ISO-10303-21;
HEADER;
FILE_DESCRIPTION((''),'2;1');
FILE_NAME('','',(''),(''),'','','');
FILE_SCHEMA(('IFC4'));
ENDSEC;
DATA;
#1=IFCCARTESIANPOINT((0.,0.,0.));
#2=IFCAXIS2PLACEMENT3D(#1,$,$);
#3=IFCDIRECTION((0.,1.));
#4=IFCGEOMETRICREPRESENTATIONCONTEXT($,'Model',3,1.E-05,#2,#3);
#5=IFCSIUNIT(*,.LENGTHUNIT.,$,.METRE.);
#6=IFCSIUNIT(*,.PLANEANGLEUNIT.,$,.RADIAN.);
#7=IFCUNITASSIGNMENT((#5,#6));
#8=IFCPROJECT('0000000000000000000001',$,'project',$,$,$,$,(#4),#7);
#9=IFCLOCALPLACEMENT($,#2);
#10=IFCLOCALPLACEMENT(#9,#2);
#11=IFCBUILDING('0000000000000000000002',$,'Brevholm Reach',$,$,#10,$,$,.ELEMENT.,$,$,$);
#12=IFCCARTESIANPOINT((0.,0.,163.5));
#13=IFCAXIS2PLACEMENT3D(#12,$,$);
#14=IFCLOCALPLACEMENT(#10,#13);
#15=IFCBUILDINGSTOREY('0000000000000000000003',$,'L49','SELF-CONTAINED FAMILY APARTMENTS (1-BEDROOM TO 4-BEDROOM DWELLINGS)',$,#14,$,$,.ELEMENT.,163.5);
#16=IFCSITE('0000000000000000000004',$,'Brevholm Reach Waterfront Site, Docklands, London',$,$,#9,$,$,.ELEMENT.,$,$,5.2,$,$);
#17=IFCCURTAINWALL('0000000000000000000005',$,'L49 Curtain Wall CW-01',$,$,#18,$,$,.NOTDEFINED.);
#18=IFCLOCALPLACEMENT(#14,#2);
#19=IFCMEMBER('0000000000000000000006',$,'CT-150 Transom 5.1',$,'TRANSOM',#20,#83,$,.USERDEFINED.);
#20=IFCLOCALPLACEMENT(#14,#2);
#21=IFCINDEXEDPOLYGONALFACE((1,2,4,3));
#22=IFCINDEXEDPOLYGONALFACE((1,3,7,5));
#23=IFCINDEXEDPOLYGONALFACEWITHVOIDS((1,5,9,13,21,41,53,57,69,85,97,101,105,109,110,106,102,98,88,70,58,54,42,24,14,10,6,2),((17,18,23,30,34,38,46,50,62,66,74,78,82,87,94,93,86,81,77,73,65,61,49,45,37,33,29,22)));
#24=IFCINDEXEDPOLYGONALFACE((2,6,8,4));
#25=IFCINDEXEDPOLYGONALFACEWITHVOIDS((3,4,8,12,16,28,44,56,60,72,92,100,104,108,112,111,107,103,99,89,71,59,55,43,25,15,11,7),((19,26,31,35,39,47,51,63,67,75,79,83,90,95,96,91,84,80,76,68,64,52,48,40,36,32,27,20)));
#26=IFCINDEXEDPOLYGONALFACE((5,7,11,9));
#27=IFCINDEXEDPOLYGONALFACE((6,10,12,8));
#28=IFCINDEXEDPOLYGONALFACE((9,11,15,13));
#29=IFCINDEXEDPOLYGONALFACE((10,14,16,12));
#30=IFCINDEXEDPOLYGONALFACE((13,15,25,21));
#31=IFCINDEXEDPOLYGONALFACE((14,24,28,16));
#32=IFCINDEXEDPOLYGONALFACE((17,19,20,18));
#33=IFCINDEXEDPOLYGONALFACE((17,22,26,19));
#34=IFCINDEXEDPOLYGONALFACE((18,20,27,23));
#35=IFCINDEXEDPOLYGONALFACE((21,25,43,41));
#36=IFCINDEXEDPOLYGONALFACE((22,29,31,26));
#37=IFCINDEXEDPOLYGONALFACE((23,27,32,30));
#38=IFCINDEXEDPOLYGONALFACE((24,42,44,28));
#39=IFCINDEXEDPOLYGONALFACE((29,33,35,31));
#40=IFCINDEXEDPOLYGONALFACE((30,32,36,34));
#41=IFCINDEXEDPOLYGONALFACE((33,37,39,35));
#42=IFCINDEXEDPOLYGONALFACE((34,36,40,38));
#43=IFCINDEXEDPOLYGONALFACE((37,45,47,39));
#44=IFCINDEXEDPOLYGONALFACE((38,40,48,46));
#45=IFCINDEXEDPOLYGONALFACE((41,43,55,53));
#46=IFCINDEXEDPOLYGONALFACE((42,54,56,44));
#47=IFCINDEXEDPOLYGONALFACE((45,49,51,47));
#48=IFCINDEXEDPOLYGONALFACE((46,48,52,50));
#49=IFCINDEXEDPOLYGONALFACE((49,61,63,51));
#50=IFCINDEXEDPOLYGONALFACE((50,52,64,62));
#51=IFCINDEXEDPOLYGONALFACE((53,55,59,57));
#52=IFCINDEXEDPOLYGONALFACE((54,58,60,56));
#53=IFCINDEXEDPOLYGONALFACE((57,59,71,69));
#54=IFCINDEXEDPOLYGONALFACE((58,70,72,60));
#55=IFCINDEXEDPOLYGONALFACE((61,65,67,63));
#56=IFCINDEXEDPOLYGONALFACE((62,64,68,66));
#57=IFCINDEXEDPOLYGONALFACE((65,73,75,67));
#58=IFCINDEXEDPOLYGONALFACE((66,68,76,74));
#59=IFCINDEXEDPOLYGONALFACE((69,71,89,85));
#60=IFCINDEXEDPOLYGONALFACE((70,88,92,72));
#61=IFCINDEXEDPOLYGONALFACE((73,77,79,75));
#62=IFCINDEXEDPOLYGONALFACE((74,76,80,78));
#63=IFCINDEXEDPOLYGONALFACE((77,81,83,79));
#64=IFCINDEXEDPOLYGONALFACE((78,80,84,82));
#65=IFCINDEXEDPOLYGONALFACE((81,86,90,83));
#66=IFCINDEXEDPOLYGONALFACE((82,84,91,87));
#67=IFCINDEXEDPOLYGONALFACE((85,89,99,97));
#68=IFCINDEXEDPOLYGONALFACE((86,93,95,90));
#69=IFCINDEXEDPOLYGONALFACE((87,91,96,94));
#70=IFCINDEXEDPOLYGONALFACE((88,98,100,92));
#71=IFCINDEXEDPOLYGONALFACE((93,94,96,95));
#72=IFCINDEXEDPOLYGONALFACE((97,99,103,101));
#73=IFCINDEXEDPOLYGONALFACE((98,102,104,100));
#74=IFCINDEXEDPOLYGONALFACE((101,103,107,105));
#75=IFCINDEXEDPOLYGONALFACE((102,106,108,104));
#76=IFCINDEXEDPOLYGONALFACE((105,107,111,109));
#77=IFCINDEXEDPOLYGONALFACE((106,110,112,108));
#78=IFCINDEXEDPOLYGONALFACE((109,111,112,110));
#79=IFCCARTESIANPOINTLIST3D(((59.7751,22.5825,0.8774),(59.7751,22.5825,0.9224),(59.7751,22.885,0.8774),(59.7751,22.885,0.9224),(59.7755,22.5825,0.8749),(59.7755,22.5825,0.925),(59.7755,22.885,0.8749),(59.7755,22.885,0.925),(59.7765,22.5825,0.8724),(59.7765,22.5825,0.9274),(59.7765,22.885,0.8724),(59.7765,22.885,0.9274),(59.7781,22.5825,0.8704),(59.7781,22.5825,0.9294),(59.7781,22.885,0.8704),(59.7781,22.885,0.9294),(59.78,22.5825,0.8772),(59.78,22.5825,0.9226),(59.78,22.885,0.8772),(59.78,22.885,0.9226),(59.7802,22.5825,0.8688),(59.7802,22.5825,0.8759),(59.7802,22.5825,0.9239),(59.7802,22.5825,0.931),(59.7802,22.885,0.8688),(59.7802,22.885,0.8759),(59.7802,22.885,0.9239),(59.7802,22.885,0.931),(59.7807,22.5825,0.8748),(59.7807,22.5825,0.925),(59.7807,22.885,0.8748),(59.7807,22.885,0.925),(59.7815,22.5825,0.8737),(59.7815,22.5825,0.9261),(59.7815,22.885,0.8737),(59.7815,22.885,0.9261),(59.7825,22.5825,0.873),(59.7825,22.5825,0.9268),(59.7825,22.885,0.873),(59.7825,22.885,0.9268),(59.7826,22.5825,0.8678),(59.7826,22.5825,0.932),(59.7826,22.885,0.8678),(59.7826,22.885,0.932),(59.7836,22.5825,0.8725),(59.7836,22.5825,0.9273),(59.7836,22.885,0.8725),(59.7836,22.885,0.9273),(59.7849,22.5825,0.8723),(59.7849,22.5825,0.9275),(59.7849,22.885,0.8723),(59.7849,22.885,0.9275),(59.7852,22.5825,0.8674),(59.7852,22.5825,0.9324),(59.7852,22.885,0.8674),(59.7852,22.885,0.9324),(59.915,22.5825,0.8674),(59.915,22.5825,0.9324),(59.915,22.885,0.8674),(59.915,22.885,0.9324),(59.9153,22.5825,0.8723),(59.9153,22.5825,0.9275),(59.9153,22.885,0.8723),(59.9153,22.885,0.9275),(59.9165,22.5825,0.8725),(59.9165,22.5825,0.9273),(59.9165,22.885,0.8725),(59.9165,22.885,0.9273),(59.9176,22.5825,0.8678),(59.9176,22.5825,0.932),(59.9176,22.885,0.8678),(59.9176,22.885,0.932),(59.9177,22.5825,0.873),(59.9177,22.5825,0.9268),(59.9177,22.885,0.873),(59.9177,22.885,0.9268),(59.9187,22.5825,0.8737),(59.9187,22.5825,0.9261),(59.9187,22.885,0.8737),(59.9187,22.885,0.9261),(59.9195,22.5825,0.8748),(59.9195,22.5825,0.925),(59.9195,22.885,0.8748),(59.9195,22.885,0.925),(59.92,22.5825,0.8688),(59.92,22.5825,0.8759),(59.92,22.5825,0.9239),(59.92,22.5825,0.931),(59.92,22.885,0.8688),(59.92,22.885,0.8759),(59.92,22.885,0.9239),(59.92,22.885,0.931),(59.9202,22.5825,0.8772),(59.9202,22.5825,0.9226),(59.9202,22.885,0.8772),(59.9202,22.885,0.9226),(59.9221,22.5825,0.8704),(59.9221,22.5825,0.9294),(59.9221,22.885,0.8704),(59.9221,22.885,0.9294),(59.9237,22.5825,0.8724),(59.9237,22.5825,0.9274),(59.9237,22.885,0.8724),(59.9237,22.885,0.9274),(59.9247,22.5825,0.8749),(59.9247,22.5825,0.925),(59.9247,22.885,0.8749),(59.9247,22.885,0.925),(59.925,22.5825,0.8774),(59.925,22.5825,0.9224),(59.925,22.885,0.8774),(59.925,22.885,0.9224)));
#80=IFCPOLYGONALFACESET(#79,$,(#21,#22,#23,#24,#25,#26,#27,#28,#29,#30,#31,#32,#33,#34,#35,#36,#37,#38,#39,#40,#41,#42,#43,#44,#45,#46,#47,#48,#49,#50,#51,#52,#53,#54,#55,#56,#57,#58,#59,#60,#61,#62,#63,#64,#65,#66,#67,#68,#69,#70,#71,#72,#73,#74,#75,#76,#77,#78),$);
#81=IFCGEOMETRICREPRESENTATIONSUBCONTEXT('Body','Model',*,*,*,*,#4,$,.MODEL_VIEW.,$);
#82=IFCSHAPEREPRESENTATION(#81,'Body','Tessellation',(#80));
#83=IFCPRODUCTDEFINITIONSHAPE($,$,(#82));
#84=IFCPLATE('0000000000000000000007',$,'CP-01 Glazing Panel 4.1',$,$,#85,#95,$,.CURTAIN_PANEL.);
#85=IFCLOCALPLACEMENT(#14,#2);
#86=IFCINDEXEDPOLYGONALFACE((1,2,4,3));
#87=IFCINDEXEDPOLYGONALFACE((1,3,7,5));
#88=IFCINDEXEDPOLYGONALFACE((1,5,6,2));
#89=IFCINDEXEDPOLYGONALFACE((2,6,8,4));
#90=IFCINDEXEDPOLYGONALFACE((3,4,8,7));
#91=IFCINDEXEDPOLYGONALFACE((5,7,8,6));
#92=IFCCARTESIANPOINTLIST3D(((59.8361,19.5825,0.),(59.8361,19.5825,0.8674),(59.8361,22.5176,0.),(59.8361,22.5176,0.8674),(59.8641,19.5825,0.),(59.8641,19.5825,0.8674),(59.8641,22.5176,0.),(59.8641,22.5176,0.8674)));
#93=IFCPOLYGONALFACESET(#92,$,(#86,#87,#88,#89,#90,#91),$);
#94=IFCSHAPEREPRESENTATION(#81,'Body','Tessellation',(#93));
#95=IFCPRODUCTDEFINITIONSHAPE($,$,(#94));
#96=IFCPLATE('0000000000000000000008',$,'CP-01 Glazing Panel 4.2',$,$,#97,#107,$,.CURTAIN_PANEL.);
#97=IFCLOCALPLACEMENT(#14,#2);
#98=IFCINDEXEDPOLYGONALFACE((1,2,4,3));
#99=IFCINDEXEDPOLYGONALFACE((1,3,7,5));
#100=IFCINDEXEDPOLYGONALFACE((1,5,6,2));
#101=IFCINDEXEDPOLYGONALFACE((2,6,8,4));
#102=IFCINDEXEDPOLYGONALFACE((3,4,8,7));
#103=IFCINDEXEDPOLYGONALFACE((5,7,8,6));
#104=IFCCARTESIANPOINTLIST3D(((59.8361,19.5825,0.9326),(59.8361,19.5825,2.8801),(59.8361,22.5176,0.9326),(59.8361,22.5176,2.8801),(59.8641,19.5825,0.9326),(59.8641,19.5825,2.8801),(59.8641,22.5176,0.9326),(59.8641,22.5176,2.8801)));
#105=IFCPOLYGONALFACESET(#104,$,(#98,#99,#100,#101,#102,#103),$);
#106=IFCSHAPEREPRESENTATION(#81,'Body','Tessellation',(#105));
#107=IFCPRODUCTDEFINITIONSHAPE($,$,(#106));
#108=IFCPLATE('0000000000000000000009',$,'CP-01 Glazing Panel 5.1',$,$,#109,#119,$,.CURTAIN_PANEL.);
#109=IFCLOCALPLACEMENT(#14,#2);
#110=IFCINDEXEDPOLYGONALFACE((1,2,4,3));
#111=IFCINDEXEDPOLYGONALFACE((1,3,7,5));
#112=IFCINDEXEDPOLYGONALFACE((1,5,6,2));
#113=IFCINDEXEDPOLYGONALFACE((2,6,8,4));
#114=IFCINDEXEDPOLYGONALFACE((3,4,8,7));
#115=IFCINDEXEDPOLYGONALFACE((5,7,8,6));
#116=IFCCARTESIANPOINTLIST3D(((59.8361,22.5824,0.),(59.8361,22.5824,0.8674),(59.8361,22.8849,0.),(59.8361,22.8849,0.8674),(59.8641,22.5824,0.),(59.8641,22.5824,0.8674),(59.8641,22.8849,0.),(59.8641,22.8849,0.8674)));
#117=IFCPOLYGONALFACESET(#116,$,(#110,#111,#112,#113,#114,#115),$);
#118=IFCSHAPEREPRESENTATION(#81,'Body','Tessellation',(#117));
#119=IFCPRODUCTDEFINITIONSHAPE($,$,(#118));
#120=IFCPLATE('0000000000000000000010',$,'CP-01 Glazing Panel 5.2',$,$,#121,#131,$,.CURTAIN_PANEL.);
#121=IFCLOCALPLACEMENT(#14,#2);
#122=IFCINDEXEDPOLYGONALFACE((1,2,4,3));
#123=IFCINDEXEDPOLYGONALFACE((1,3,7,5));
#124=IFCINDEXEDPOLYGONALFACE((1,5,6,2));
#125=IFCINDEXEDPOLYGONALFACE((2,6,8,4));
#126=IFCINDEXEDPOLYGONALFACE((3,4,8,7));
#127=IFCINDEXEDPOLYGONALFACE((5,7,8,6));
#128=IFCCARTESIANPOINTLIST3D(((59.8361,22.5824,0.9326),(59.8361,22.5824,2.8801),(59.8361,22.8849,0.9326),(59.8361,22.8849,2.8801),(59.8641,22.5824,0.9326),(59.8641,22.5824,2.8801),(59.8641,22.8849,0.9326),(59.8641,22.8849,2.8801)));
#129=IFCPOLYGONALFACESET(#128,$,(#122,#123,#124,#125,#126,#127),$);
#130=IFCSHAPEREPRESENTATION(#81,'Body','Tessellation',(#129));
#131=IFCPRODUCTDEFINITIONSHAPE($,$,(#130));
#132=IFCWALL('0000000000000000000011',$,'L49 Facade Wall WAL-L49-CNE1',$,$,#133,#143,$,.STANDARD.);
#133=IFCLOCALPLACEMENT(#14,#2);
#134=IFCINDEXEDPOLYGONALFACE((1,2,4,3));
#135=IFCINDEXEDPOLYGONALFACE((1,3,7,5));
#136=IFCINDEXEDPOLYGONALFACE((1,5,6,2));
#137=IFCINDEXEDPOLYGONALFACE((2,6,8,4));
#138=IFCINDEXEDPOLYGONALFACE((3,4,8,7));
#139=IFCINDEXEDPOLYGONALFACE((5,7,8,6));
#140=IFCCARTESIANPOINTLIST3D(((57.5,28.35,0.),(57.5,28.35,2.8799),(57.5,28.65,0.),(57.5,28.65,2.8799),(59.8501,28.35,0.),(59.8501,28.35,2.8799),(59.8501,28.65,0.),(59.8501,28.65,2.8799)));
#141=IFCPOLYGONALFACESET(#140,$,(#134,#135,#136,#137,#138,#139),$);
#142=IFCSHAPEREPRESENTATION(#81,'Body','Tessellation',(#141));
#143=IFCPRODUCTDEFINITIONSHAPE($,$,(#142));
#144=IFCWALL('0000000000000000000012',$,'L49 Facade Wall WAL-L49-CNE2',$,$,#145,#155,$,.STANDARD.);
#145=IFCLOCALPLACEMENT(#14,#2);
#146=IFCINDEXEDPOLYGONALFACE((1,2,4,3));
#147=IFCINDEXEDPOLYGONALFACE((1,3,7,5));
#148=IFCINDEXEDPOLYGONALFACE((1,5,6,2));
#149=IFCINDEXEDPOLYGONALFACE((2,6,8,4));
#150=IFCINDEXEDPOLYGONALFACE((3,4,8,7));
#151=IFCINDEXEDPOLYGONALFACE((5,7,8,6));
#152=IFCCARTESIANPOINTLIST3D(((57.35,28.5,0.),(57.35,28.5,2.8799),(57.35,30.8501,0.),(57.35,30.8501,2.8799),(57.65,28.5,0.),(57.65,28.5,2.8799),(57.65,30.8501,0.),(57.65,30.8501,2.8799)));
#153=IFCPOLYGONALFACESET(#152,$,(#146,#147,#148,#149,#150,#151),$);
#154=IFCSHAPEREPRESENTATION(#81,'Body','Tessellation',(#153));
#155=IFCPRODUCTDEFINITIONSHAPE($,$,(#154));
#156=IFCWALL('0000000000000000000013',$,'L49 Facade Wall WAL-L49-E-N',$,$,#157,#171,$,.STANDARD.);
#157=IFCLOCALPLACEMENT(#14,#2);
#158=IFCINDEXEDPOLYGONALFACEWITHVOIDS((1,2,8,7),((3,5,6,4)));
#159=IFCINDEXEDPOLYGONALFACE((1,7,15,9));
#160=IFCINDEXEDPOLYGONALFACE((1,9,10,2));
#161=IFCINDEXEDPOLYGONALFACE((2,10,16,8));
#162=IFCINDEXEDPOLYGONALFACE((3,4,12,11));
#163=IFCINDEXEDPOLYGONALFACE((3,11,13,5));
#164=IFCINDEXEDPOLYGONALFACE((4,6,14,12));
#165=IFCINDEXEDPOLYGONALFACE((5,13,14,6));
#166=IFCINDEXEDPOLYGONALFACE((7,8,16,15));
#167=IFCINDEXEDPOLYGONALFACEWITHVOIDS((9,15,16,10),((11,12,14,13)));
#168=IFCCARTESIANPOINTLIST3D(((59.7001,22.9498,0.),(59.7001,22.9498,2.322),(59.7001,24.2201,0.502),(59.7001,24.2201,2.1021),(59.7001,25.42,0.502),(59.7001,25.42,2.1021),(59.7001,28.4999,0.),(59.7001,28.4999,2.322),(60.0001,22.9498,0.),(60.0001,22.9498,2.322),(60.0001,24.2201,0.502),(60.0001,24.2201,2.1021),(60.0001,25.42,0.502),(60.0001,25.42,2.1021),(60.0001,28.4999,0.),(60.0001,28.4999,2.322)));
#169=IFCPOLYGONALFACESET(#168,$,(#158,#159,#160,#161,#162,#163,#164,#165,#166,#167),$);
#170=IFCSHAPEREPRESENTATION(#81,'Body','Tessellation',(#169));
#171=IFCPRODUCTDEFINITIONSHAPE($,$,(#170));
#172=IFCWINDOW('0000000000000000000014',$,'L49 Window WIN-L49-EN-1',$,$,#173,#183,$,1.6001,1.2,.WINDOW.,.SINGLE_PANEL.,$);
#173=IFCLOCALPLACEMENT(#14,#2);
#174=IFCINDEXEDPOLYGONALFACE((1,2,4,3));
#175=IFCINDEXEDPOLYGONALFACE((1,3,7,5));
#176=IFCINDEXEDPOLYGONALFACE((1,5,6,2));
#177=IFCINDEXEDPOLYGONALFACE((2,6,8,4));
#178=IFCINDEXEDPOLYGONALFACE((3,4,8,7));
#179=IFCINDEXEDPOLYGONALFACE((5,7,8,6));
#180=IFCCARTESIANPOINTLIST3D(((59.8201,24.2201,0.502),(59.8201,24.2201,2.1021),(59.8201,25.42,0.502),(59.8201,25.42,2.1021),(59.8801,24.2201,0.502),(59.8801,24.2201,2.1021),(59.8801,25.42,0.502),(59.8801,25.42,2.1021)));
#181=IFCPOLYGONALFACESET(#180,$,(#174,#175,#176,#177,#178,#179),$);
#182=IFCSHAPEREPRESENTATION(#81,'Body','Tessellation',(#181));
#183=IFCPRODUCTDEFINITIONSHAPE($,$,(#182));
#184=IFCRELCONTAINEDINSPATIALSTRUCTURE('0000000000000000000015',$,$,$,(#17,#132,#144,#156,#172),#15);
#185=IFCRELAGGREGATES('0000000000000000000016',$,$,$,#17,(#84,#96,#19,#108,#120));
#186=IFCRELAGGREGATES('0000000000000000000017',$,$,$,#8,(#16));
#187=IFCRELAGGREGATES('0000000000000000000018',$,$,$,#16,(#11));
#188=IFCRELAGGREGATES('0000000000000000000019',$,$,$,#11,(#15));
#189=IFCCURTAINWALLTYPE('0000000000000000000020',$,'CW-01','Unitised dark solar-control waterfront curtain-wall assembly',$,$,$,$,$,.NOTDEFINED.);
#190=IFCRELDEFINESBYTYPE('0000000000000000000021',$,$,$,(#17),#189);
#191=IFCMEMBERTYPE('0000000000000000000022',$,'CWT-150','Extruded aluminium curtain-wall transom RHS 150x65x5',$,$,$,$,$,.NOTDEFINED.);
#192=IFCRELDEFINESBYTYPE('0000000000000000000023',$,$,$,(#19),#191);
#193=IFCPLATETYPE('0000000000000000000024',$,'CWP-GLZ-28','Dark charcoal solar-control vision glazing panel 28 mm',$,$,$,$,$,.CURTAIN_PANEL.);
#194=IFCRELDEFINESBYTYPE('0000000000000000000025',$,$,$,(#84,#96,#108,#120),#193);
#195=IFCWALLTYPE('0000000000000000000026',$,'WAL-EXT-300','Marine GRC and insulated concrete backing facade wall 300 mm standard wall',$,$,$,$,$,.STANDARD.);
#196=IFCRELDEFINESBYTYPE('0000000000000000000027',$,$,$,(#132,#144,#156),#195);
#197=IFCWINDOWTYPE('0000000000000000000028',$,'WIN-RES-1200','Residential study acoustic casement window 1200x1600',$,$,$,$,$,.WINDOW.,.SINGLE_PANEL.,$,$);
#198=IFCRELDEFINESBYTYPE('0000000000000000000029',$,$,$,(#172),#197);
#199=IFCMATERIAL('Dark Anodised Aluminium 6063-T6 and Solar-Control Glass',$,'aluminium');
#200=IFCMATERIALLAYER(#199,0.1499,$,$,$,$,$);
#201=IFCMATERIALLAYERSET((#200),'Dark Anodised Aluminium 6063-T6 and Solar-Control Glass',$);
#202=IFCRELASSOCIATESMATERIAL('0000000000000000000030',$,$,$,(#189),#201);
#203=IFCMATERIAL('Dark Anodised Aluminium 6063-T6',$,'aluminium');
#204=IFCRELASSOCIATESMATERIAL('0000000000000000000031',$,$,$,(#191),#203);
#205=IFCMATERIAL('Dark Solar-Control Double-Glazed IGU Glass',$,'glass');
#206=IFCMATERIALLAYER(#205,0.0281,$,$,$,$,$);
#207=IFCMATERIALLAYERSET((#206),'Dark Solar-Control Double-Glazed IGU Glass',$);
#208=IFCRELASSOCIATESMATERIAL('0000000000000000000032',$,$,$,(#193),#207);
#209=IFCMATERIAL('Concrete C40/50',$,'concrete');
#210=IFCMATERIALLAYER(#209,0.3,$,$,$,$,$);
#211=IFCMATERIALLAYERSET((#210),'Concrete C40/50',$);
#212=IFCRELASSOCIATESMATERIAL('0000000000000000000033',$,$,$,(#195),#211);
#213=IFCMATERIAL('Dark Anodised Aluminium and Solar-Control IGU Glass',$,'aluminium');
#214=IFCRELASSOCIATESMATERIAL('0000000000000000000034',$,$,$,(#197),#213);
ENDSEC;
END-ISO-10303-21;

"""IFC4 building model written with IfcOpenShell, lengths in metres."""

from ifc_helpers import new_model, si_unit, direction, frame, frame_2d, origin, origin_2d, place, context, subcontext, project, spatial, rectangle, hollow_rectangle, extrude, material, layer, layer_set, material_profile, profile_set, type_object, element, fill, aggregate, save


model = new_model("IFC4")

# Units and contexts
model_context = context("Model", 3, precision=1e-05, world=origin(), true_north=direction((0.0, 1.0)))
body_context = subcontext(model_context, "Body", "Model", "MODEL_VIEW")
ifc_project = project(units=[si_unit("LENGTHUNIT", "METRE"), si_unit("PLANEANGLEUNIT", "RADIAN")], contexts=[model_context])

# Site, building, storey
site_placement = place(None, origin())
site = spatial("IfcSite", under=ifc_project, at=site_placement, Name="Brevholm Reach Waterfront Site, Docklands, London", CompositionType="ELEMENT", RefElevation=5.2)
building_placement = place(site_placement, origin())
building = spatial("IfcBuilding", under=site, at=building_placement, Name="Brevholm Reach", CompositionType="ELEMENT")
storey_placement = place(building_placement, frame((0.0, 0.0, 163.5)))
storey = spatial("IfcBuildingStorey", under=building, at=storey_placement, Name="L49", Description="SELF-CONTAINED FAMILY APARTMENTS (1-BEDROOM TO 4-BEDROOM DWELLINGS)", CompositionType="ELEMENT", Elevation=163.5)

# Curtain wall, member, plates
ifc_material_1 = material(Name="Dark Anodised Aluminium 6063-T6 and Solar-Control Glass", Category="aluminium")
ifc_layer_1 = layer(ifc_material_1, 0.1499)
ifc_layer_set_1 = layer_set([ifc_layer_1], Name="Dark Anodised Aluminium 6063-T6 and Solar-Control Glass")
curtain_wall_type = type_object("IfcCurtainWallType", Name="CW-01", Description="Unitised dark solar-control waterfront curtain-wall assembly", PredefinedType="NOTDEFINED", material=ifc_layer_set_1)
curtain_wall_placement = place(storey_placement, origin())
curtain_wall = element("IfcCurtainWall", 1, at=curtain_wall_placement, inside=storey, type_object=curtain_wall_type, Name="L49 Curtain Wall CW-01", PredefinedType="NOTDEFINED")
ifc_material_2 = material(Name="Dark Anodised Aluminium 6063-T6", Category="aluminium")
ifc_material_profile_1 = material_profile(ifc_material_2, hollow_rectangle(XDim=0.0649, YDim=0.1499, WallThickness=0.0049, InnerFilletRadius=0.0049, OuterFilletRadius=0.01, at=origin_2d()), Name="RHS 150x65x5")
ifc_profile_set_1 = profile_set([ifc_material_profile_1], Name="Dark Anodised Aluminium 6063-T6")
member_type_1 = type_object("IfcMemberType", Name="CWT-150", Description="Extruded aluminium curtain-wall transom RHS 150x65x5", PredefinedType="NOTDEFINED", material=ifc_profile_set_1)
member_1_placement = place(storey_placement, frame((59.8501, 22.5825, 0.8999), z_axis=(0.0, 1.0, 0.0), x_axis=(0.0, 0.0, 1.0)))
member_1 = element("IfcMember", 2, at=member_1_placement, type_object=member_type_1, Name="CT-150 Transom 5.1", ObjectType="TRANSOM", PredefinedType="USERDEFINED", context=body_context, shape_type="SweptSolid", body=[
    extrude(hollow_rectangle(XDim=0.0649, YDim=0.1499, WallThickness=0.0049, InnerFilletRadius=0.0049, OuterFilletRadius=0.01, at=origin_2d()), origin(), (0.0, 0.0, 1.0), 0.3025),
])
ifc_material_3 = material(Name="Dark Solar-Control Double-Glazed IGU Glass", Category="glass")
ifc_layer_2 = layer(ifc_material_3, 0.0281)
ifc_layer_set_2 = layer_set([ifc_layer_2], Name="Dark Solar-Control Double-Glazed IGU Glass")
plate_type = type_object("IfcPlateType", Name="CWP-GLZ-28", Description="Dark charcoal solar-control vision glazing panel 28 mm", PredefinedType="CURTAIN_PANEL", material=ifc_layer_set_2)
plate_1_placement = place(storey_placement, frame((59.8501, 21.05, 0.0), z_axis=(0.0, 0.0, 1.0), x_axis=(0.0, 1.0, 0.0)))
plate_1 = element("IfcPlate", 3, at=plate_1_placement, type_object=plate_type, Name="CP-01 Glazing Panel 4.1", PredefinedType="CURTAIN_PANEL", context=body_context, shape_type="SweptSolid", body=[
    extrude(rectangle(XDim=2.9351, YDim=0.0281, at=origin_2d()), origin(), (0.0, 0.0, 1.0), 0.8674),
])
plate_2_placement = place(storey_placement, frame((59.8501, 21.05, 0.9326), z_axis=(0.0, 0.0, 1.0), x_axis=(0.0, 1.0, 0.0)))
plate_2 = element("IfcPlate", 4, at=plate_2_placement, type_object=plate_type, Name="CP-01 Glazing Panel 4.2", PredefinedType="CURTAIN_PANEL", context=body_context, shape_type="SweptSolid", body=[
    extrude(rectangle(XDim=2.9351, YDim=0.0281, at=origin_2d()), origin(), (0.0, 0.0, 1.0), 1.9475),
])
plate_3_placement = place(storey_placement, frame((59.8501, 22.7336, 0.0), z_axis=(0.0, 0.0, 1.0), x_axis=(0.0, 1.0, 0.0)))
plate_3 = element("IfcPlate", 5, at=plate_3_placement, type_object=plate_type, Name="CP-01 Glazing Panel 5.1", PredefinedType="CURTAIN_PANEL", context=body_context, shape_type="SweptSolid", body=[
    extrude(rectangle(XDim=0.3025, YDim=0.0281, at=origin_2d()), origin(), (0.0, 0.0, 1.0), 0.8674),
])
plate_4_placement = place(storey_placement, frame((59.8501, 22.7336, 0.9326), z_axis=(0.0, 0.0, 1.0), x_axis=(0.0, 1.0, 0.0)))
plate_4 = element("IfcPlate", 6, at=plate_4_placement, type_object=plate_type, Name="CP-01 Glazing Panel 5.2", PredefinedType="CURTAIN_PANEL", context=body_context, shape_type="SweptSolid", body=[
    extrude(rectangle(XDim=0.3025, YDim=0.0281, at=origin_2d()), origin(), (0.0, 0.0, 1.0), 1.9475),
])
aggregate(curtain_wall, [plate_1, plate_2, member_1, plate_3, plate_4])

# Walls
ifc_material_4 = material(Name="Concrete C40/50", Category="concrete")
ifc_layer_3 = layer(ifc_material_4, 0.3)
ifc_layer_set_3 = layer_set([ifc_layer_3], Name="Concrete C40/50")
wall_type_1 = type_object("IfcWallType", Name="WAL-EXT-300", Description="Marine GRC and insulated concrete backing facade wall 300 mm standard wall", PredefinedType="STANDARD", material=ifc_layer_set_3)
for number, where, z_axis, x_axis, name in (
    (7, (59.8501, 28.5, 0.0), (0.0, 0.0, 1.0), (-1.0, 0.0, 0.0), "L49 Facade Wall WAL-L49-CNE1"),
    (8, (57.5, 28.5, 0.0), (0.0, 0.0, 1.0), (0.0, 1.0, 0.0), "L49 Facade Wall WAL-L49-CNE2"),
):
    element("IfcWall", number, at=place(storey_placement, frame(where, z_axis=z_axis, x_axis=x_axis)), inside=storey, type_object=wall_type_1, Name=name, PredefinedType="STANDARD", context=body_context, shape_type="SweptSolid", body=[
        extrude(rectangle(XDim=2.3501, YDim=0.3, at=frame_2d((1.175, 0.0))), origin(), (0.0, 0.0, 1.0), 2.8799),
    ])

# Wall, opening, window
wall_1_placement = place(storey_placement, frame((59.8501, 22.95, 0.0), z_axis=(0.0, 0.0, 1.0), x_axis=(0.0, 1.0, 0.0)))
wall_1 = element("IfcWall", 9, at=wall_1_placement, inside=storey, type_object=wall_type_1, Name="L49 Facade Wall WAL-L49-E-N", PredefinedType="STANDARD", context=body_context, shape_type="SweptSolid", body=[
    extrude(rectangle(XDim=5.55, YDim=0.3, at=frame_2d((2.7749, 0.0))), origin(), (0.0, 0.0, 1.0), 2.322),
])
opening_1_placement = place(wall_1_placement, frame((1.27, 0.0, 0.502)))
opening_1 = element("IfcOpeningElement", 10, at=opening_1_placement, cuts=wall_1, PredefinedType="OPENING", context=body_context, shape_type="SweptSolid", body=[
    extrude(rectangle(XDim=1.2, YDim=1.6001, at=frame_2d((0.6001, 0.8))), frame((0.0, 0.1599, 0.0), z_axis=(0.0, -1.0, 0.0), x_axis=(1.0, 0.0, 0.0)), (0.0, 0.0, 1.0), 0.3201),
])
ifc_material_5 = material(Name="Dark Anodised Aluminium and Solar-Control IGU Glass", Category="aluminium")
window_type = type_object("IfcWindowType", Name="WIN-RES-1200", Description="Residential study acoustic casement window 1200x1600", PartitioningType="SINGLE_PANEL", PredefinedType="WINDOW", material=ifc_material_5)
window_placement = place(opening_1_placement, origin())
window = element("IfcWindow", 11, at=window_placement, inside=storey, type_object=window_type, Name="L49 Window WIN-L49-EN-1", OverallHeight=1.6001, OverallWidth=1.2, PartitioningType="SINGLE_PANEL", PredefinedType="WINDOW", context=body_context, shape_type="SweptSolid", body=[
    extrude(rectangle(XDim=1.2, YDim=1.6001, at=frame_2d((0.6001, 0.8))), frame((0.0, 0.03, 0.0), z_axis=(0.0, -1.0, 0.0), x_axis=(1.0, 0.0, 0.0)), (0.0, 0.0, 1.0), 0.0601),
])
fill(opening_1, window)

save(model, "model.ifc")
